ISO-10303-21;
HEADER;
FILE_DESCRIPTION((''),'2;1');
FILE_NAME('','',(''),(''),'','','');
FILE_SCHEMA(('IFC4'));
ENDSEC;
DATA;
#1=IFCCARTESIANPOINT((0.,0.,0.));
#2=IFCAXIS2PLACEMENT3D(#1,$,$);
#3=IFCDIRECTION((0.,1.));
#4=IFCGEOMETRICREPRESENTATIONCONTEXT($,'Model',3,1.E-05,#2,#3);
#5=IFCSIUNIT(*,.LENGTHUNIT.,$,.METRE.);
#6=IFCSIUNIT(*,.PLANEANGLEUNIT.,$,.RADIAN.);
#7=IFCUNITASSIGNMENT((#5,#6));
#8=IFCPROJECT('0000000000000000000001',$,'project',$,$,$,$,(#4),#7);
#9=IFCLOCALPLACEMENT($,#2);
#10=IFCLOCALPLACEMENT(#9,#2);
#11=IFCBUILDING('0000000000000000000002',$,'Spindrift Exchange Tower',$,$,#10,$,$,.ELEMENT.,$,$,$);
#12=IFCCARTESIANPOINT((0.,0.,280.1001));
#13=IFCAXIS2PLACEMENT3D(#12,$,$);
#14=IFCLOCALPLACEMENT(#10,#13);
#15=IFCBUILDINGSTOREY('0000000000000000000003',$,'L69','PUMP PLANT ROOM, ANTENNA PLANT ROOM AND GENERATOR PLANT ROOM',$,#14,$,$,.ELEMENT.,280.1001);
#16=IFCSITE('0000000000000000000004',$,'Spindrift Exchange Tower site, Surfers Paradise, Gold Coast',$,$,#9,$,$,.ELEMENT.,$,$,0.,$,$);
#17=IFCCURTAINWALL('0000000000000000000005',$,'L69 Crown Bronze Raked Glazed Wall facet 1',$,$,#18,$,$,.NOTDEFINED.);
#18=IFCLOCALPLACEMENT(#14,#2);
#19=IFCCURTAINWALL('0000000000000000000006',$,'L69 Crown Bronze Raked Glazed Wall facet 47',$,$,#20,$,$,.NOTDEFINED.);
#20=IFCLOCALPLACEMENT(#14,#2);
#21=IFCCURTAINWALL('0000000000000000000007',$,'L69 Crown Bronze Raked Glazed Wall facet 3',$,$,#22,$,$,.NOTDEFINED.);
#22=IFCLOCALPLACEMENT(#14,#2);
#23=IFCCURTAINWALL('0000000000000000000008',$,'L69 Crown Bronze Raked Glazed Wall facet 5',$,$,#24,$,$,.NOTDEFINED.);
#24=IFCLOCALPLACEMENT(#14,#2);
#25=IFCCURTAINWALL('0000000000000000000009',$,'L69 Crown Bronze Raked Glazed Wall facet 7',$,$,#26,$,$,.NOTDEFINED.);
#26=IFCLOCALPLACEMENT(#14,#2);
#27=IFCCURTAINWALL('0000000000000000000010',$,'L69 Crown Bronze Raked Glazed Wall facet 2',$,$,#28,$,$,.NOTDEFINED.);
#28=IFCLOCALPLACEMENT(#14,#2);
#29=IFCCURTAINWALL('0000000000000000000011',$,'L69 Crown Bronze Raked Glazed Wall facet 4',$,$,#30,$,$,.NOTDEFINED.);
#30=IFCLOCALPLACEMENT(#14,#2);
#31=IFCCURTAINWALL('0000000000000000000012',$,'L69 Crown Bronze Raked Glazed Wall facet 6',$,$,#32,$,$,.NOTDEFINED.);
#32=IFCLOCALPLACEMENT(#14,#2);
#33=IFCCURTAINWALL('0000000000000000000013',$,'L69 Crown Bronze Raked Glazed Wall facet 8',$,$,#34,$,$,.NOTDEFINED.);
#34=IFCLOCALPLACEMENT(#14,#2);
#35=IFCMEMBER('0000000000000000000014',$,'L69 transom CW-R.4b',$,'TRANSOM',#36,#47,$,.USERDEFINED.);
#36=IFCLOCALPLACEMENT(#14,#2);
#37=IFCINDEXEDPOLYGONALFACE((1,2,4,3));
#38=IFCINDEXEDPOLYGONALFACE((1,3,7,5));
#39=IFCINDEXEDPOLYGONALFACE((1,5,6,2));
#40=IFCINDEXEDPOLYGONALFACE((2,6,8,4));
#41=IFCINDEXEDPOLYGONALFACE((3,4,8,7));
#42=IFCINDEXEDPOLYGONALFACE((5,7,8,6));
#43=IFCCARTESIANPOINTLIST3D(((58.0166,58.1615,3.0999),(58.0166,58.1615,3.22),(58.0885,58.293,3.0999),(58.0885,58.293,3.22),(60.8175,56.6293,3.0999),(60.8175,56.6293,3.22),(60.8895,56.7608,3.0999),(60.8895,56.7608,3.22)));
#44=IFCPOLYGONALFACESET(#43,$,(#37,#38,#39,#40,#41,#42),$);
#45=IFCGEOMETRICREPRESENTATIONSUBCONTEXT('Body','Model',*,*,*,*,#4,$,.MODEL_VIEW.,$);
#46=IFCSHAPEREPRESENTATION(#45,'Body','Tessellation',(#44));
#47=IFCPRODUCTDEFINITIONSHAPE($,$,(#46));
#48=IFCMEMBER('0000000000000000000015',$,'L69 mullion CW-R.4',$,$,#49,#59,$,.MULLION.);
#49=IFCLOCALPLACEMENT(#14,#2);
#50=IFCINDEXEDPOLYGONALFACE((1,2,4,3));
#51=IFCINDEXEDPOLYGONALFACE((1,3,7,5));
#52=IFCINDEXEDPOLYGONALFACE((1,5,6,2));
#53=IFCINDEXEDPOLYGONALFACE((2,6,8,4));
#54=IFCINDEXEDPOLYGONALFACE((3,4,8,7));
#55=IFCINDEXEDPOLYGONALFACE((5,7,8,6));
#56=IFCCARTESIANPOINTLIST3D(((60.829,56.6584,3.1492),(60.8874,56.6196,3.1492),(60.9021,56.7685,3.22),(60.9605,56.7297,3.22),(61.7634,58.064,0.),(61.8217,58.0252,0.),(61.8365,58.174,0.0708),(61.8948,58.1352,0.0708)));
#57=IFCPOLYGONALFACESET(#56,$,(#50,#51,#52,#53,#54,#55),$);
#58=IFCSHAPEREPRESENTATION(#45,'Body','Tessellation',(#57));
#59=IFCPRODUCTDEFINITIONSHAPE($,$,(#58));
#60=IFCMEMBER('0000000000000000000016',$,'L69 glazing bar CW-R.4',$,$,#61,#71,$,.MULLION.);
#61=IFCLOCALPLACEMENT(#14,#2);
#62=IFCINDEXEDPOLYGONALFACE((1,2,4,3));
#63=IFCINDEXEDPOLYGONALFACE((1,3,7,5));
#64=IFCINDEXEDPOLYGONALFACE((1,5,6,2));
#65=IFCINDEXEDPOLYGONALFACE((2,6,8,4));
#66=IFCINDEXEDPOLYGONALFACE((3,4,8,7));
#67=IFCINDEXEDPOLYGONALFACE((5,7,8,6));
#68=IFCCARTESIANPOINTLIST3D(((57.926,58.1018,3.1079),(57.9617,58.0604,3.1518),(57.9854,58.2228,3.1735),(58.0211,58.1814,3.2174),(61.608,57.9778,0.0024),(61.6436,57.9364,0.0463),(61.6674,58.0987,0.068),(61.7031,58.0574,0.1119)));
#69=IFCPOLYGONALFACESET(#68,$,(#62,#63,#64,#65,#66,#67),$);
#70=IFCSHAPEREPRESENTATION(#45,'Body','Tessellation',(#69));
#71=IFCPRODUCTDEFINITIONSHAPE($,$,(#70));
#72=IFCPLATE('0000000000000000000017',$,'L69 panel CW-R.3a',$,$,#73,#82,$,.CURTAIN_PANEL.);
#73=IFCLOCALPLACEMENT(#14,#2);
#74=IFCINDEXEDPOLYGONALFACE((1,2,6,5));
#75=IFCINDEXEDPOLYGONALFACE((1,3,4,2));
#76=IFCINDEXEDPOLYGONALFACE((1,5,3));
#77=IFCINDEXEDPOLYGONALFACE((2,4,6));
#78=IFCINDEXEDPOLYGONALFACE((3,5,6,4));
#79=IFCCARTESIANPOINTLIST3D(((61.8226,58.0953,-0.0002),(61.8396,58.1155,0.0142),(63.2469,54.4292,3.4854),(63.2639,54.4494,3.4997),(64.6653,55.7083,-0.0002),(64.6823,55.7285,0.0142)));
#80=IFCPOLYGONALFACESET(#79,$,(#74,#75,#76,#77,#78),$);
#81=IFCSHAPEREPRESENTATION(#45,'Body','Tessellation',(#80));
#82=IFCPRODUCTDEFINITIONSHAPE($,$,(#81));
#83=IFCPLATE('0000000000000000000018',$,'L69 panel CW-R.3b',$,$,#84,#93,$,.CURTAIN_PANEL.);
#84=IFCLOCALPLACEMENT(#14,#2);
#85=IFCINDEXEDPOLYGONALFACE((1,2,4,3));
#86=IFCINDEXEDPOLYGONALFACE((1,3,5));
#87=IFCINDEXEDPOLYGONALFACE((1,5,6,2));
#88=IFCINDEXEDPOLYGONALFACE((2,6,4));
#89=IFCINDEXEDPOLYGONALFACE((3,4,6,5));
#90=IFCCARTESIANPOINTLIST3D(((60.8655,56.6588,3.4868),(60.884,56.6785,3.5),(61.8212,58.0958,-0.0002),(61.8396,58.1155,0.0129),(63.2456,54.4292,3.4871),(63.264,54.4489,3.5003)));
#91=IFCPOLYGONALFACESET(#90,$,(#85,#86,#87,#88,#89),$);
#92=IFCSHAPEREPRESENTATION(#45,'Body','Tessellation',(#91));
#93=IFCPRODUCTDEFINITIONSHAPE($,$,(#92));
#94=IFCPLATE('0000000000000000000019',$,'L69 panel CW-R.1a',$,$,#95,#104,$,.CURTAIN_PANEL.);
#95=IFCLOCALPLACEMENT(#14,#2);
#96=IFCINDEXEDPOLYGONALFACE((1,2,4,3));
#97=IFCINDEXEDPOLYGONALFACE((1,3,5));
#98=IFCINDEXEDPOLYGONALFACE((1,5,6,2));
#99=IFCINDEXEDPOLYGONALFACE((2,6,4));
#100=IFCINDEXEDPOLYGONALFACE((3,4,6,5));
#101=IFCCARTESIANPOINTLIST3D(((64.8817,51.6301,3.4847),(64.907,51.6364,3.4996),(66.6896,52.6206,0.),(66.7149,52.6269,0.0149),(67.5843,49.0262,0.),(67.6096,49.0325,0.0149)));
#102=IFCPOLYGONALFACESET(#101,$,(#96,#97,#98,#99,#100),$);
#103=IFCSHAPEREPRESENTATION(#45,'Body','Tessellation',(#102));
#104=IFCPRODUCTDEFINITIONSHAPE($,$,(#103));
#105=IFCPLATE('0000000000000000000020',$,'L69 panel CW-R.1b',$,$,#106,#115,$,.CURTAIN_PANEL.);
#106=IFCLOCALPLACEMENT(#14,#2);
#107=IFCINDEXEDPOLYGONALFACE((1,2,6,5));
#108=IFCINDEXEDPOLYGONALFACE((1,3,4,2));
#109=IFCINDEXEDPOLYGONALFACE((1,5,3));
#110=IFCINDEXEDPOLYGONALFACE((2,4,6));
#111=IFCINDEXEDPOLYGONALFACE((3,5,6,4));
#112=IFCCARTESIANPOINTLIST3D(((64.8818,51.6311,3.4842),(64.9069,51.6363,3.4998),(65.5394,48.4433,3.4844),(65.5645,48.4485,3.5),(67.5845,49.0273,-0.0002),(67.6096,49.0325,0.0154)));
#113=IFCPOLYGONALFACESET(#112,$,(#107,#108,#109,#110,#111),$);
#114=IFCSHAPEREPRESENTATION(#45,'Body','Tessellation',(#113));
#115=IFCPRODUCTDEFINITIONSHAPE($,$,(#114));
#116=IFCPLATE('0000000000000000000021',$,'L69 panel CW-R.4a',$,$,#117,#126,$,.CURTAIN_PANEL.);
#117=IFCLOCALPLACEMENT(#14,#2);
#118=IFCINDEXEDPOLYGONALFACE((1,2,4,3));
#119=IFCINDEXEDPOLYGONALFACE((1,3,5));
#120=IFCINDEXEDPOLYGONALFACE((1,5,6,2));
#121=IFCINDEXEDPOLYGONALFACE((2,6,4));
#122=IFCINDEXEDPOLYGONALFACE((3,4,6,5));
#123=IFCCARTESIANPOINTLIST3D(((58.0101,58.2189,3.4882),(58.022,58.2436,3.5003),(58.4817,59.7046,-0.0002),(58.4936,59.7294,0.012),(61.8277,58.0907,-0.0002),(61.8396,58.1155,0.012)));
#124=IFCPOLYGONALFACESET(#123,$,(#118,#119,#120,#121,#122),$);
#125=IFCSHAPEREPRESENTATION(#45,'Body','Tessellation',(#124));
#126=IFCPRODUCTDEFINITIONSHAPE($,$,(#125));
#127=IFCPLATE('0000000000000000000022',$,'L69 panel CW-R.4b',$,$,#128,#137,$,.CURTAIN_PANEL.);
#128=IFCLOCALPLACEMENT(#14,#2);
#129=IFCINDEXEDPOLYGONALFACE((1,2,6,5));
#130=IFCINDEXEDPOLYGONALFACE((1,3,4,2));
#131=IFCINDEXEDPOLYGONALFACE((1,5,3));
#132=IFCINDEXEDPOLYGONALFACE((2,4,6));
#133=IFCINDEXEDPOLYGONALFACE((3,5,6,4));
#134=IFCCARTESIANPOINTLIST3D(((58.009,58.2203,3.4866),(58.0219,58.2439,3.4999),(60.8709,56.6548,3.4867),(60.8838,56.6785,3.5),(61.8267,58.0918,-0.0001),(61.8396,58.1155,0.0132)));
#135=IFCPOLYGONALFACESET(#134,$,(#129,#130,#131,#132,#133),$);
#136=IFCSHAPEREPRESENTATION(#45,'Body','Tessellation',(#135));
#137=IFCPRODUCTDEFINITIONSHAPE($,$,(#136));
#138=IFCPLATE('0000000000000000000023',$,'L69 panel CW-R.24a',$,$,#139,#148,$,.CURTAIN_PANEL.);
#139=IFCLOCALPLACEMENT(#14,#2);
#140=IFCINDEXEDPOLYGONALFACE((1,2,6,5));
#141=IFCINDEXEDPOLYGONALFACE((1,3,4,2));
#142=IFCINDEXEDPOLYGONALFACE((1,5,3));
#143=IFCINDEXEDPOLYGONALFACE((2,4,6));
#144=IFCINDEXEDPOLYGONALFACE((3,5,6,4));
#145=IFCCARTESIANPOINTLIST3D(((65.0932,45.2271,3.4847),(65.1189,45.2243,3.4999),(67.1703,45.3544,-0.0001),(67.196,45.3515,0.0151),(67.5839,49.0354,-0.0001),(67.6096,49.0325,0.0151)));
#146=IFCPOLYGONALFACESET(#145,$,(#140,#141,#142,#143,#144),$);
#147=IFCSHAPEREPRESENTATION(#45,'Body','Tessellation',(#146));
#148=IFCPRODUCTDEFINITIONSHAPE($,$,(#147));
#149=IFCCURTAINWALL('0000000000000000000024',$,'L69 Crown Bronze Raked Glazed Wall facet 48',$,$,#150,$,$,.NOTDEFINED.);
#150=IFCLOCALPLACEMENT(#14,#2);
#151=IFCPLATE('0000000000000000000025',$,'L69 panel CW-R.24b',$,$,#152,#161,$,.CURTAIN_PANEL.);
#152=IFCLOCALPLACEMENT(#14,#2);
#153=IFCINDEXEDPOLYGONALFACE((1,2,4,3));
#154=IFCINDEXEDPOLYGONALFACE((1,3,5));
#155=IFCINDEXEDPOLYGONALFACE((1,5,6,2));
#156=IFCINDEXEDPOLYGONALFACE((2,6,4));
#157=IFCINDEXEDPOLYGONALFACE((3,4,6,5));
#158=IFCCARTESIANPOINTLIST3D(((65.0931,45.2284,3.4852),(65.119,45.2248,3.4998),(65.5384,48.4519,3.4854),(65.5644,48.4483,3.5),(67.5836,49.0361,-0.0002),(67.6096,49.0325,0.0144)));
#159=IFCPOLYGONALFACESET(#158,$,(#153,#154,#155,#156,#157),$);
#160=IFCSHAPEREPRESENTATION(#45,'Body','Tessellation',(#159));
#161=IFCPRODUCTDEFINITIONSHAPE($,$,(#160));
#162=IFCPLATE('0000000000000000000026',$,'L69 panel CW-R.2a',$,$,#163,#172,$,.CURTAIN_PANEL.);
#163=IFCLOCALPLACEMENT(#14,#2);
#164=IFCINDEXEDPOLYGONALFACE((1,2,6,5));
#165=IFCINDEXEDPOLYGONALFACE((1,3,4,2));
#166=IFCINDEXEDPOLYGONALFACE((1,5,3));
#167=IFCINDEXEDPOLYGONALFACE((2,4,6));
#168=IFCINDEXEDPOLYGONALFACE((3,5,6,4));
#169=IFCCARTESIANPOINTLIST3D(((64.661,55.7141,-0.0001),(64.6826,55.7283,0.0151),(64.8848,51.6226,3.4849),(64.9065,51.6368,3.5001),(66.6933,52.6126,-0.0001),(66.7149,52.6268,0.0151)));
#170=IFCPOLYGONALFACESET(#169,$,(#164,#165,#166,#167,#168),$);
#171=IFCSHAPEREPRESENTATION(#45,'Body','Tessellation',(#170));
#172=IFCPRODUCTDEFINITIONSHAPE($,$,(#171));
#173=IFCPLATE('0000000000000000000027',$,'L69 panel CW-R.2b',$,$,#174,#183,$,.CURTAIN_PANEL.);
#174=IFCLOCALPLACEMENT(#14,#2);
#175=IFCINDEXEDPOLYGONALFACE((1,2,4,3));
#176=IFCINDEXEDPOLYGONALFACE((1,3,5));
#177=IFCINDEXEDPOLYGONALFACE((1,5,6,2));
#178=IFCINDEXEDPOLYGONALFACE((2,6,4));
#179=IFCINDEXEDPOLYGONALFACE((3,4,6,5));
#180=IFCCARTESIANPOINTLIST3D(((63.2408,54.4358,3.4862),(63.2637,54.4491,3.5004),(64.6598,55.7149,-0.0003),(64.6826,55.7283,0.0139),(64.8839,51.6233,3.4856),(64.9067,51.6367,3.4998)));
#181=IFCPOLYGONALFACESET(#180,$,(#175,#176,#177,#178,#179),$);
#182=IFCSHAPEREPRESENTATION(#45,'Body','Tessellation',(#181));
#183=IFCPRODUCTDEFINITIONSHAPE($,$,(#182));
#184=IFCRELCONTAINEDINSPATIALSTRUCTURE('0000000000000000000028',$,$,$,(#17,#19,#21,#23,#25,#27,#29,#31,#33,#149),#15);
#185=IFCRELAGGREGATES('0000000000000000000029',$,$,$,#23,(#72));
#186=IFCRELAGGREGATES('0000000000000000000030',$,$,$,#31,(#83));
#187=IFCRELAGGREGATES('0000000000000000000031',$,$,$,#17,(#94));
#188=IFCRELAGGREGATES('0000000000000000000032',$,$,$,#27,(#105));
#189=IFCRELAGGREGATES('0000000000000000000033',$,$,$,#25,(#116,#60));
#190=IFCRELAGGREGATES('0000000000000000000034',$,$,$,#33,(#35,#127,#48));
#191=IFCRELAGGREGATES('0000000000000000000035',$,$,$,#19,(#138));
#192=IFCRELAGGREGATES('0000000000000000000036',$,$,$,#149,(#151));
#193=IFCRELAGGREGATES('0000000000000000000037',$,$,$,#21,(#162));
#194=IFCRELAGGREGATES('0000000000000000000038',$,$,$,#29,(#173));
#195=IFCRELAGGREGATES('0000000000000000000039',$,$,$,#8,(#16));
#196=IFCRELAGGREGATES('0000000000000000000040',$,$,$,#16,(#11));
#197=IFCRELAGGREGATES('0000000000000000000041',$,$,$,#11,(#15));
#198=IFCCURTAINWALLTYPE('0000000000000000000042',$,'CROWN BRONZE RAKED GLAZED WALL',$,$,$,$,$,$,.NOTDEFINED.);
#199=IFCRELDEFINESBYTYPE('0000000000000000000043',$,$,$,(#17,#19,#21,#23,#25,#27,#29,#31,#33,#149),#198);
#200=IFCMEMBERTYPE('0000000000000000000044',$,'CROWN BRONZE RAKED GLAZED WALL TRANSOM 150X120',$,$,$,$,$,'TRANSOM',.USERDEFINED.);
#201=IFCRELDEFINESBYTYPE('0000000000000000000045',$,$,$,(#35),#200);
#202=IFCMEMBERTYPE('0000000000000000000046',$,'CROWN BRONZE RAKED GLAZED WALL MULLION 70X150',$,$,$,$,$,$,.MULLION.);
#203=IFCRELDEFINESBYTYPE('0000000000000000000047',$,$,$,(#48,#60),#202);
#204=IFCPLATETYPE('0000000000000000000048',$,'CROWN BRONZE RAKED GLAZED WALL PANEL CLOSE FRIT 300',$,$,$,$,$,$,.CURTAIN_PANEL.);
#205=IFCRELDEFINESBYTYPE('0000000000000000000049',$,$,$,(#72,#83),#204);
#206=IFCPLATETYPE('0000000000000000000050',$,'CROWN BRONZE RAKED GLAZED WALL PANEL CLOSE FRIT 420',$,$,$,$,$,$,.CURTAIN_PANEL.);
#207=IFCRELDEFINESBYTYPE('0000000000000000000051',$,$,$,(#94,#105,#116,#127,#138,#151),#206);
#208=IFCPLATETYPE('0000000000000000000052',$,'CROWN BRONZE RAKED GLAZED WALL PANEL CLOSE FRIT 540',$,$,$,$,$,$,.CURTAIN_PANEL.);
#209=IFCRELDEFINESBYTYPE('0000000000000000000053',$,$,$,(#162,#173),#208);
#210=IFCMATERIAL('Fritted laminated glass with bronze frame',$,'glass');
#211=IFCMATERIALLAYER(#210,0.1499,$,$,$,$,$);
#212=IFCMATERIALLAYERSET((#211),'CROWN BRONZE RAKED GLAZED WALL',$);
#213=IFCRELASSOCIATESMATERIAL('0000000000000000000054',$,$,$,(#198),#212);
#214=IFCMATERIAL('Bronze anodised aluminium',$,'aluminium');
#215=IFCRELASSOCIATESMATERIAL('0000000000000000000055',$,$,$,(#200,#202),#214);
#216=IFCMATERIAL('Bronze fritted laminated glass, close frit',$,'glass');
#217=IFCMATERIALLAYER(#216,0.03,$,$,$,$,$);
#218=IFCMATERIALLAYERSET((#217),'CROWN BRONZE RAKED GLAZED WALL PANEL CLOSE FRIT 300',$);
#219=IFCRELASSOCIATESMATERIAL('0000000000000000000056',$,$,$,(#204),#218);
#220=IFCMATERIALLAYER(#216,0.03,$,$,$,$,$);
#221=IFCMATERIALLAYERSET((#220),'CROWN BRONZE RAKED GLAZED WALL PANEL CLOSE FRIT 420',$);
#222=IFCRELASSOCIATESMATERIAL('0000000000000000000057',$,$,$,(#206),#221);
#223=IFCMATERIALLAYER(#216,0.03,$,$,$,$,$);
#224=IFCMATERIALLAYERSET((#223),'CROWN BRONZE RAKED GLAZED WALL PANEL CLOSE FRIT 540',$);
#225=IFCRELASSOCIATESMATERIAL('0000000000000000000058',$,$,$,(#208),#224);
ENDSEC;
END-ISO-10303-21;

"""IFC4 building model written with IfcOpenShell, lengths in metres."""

from ifc_helpers import new_model, si_unit, direction, frame, origin, origin_2d, place, context, subcontext, project, spatial, line, indexed_curve, rectangle, outline, extrude, source, transform, mapped, material, layer, layer_set, material_profile, profile_set, type_object, element, aggregate, save


model = new_model("IFC4")

# Units and contexts
model_context = context("Model", 3, precision=1e-05, world=origin(), true_north=direction((0.0, 1.0)))
body_context = subcontext(model_context, "Body", "Model", "MODEL_VIEW")
ifc_project = project(units=[si_unit("LENGTHUNIT", "METRE"), si_unit("PLANEANGLEUNIT", "RADIAN")], contexts=[model_context])

# Site, building, storey
site_placement = place(None, origin())
site = spatial("IfcSite", under=ifc_project, at=site_placement, Name="Spindrift Exchange Tower site, Surfers Paradise, Gold Coast", CompositionType="ELEMENT", RefElevation=0.0)
building_placement = place(site_placement, origin())
building = spatial("IfcBuilding", under=site, at=building_placement, Name="Spindrift Exchange Tower", CompositionType="ELEMENT")
storey_placement = place(building_placement, frame((0.0, 0.0, 280.1001)))
storey = spatial("IfcBuildingStorey", under=building, at=storey_placement, Name="L69", Description="PUMP PLANT ROOM, ANTENNA PLANT ROOM AND GENERATOR PLANT ROOM", CompositionType="ELEMENT", Elevation=280.1001)

# Curtain walls
ifc_material_1 = material(Name="Fritted laminated glass with bronze frame", Category="glass")
ifc_layer_1 = layer(ifc_material_1, 0.1499)
ifc_layer_set_1 = layer_set([ifc_layer_1], Name="CROWN BRONZE RAKED GLAZED WALL")
curtain_wall_type = type_object("IfcCurtainWallType", Name="CROWN BRONZE RAKED GLAZED WALL", PredefinedType="NOTDEFINED", material=ifc_layer_set_1)
curtain_wall_1_placement = place(storey_placement, origin())
curtain_wall_1 = element("IfcCurtainWall", 1, at=curtain_wall_1_placement, inside=storey, type_object=curtain_wall_type, Name="L69 Crown Bronze Raked Glazed Wall facet 1", PredefinedType="NOTDEFINED")
ifc_material_2 = material(Name="Bronze anodised aluminium", Category="aluminium")
ifc_material_profile_1 = material_profile(ifc_material_2, rectangle(XDim=0.1499, YDim=0.1201, at=origin_2d()), Name="CROWN BRONZE RAKED GLAZED WALL TRANSOM 150X120")
ifc_profile_set_1 = profile_set([ifc_material_profile_1], Name="Bronze anodised aluminium")
member_type_1 = type_object("IfcMemberType", Name="CROWN BRONZE RAKED GLAZED WALL TRANSOM 150X120", ElementType="TRANSOM", PredefinedType="USERDEFINED", material=ifc_profile_set_1)
curtain_wall_2_placement = place(storey_placement, origin())
curtain_wall_2 = element("IfcCurtainWall", 2, at=curtain_wall_2_placement, inside=storey, type_object=curtain_wall_type, Name="L69 Crown Bronze Raked Glazed Wall facet 47", PredefinedType="NOTDEFINED")
curtain_wall_3_placement = place(storey_placement, origin())
curtain_wall_3 = element("IfcCurtainWall", 3, at=curtain_wall_3_placement, inside=storey, type_object=curtain_wall_type, Name="L69 Crown Bronze Raked Glazed Wall facet 3", PredefinedType="NOTDEFINED")
curtain_wall_4_placement = place(storey_placement, origin())
curtain_wall_4 = element("IfcCurtainWall", 4, at=curtain_wall_4_placement, inside=storey, type_object=curtain_wall_type, Name="L69 Crown Bronze Raked Glazed Wall facet 5", PredefinedType="NOTDEFINED")
curtain_wall_5_placement = place(storey_placement, origin())
curtain_wall_5 = element("IfcCurtainWall", 5, at=curtain_wall_5_placement, inside=storey, type_object=curtain_wall_type, Name="L69 Crown Bronze Raked Glazed Wall facet 7", PredefinedType="NOTDEFINED")
curtain_wall_6_placement = place(storey_placement, origin())
curtain_wall_6 = element("IfcCurtainWall", 6, at=curtain_wall_6_placement, inside=storey, type_object=curtain_wall_type, Name="L69 Crown Bronze Raked Glazed Wall facet 2", PredefinedType="NOTDEFINED")
ifc_material_profile_2 = material_profile(ifc_material_2, rectangle(XDim=0.0701, YDim=0.1499, at=origin_2d()), Name="CROWN BRONZE RAKED GLAZED WALL MULLION 70X150")
ifc_profile_set_2 = profile_set([ifc_material_profile_2], Name="Bronze anodised aluminium")
member_type_2 = type_object("IfcMemberType", Name="CROWN BRONZE RAKED GLAZED WALL MULLION 70X150", PredefinedType="MULLION", material=ifc_profile_set_2)

# Curtain wall
curtain_wall_7_placement = place(storey_placement, origin())
curtain_wall_7 = element("IfcCurtainWall", 7, at=curtain_wall_7_placement, inside=storey, type_object=curtain_wall_type, Name="L69 Crown Bronze Raked Glazed Wall facet 4", PredefinedType="NOTDEFINED")

# Curtain wall
curtain_wall_8_placement = place(storey_placement, origin())
curtain_wall_8 = element("IfcCurtainWall", 8, at=curtain_wall_8_placement, inside=storey, type_object=curtain_wall_type, Name="L69 Crown Bronze Raked Glazed Wall facet 6", PredefinedType="NOTDEFINED")

# Curtain wall, members
curtain_wall_9_placement = place(storey_placement, origin())
curtain_wall_9 = element("IfcCurtainWall", 9, at=curtain_wall_9_placement, inside=storey, type_object=curtain_wall_type, Name="L69 Crown Bronze Raked Glazed Wall facet 8", PredefinedType="NOTDEFINED")
shared_shape_1 = source(origin(), body_context, "Body", "SweptSolid", [
    extrude(rectangle(XDim=0.1499, YDim=0.1201, at=origin_2d()), origin(), (0.0, 0.0, 1.0), 3.1926),
])
member_1_placement = place(storey_placement, frame((60.8535, 56.6951, 3.1599), z_axis=(-0.877316, 0.479913, 0.0), x_axis=(-0.479913, -0.877316, 0.0)))
member_1 = element("IfcMember", 10, at=member_1_placement, type_object=member_type_1, Name="L69 transom CW-R.4b", ObjectType="TRANSOM", PredefinedType="USERDEFINED", context=body_context, shape_type="MappedRepresentation", body=[
    mapped(shared_shape_1, transform((0.0, 0.0, 0.0), scale=1.0)),
])
shared_shape_2 = source(origin(), body_context, "Body", "SweptSolid", [
    extrude(rectangle(XDim=0.0701, YDim=0.1499, at=origin_2d()), origin(), (0.0, 0.0, 1.0), 3.573),
])
member_2_placement = place(storey_placement, frame((61.8291, 58.0996, 0.0354), z_axis=(-0.261503, -0.393381, 0.881401), x_axis=(0.832784, -0.553598, 0.0)))
member_2 = element("IfcMember", 11, at=member_2_placement, type_object=member_type_2, Name="L69 mullion CW-R.4", PredefinedType="MULLION", context=body_context, shape_type="MappedRepresentation", body=[
    mapped(shared_shape_2, transform((0.0, 0.0, 0.0), scale=1.0)),
])

# Member
shared_shape_3 = source(origin(), body_context, "Body", "SweptSolid", [
    extrude(rectangle(XDim=0.0701, YDim=0.1499, at=origin_2d()), origin(), (0.0, 0.0, 1.0), 4.8184),
])
member_3_placement = place(storey_placement, frame((61.6555, 58.0176, 0.0571), z_axis=(-0.764153, 0.02574, 0.644521), x_axis=(0.50887, -0.589972, 0.626884)))
member_3 = element("IfcMember", 12, at=member_3_placement, type_object=member_type_2, Name="L69 glazing bar CW-R.4", PredefinedType="MULLION", context=body_context, shape_type="MappedRepresentation", body=[
    mapped(shared_shape_3, transform((0.0, 0.0, 0.0), scale=1.0)),
])

# Plates
ifc_material_3 = material(Name="Bronze fritted laminated glass, close frit", Category="glass")
ifc_layer_2 = layer(ifc_material_3, 0.03)
ifc_layer_set_2 = layer_set([ifc_layer_2], Name="CROWN BRONZE RAKED GLAZED WALL PANEL CLOSE FRIT 300")
plate_type_1 = type_object("IfcPlateType", Name="CROWN BRONZE RAKED GLAZED WALL PANEL CLOSE FRIT 300", PredefinedType="CURTAIN_PANEL", material=ifc_layer_set_2)
plate_1_placement = place(storey_placement, frame((61.8396, 58.1155, 0.0142), z_axis=(0.565176, 0.67309, 0.476997), x_axis=(0.765828, -0.643046, 0.0)))
plate_1 = element("IfcPlate", 13, at=plate_1_placement, type_object=plate_type_1, Name="L69 panel CW-R.3a", PredefinedType="CURTAIN_PANEL", context=body_context, shape_type="SweptSolid", body=[
    extrude(outline(indexed_curve([(0.0, 0.0), (3.7119, 0.0), (3.4482, -3.9658)], segments=[line(1, 2, 3, 1)], self_intersect=False)), origin(), (0.0, 0.0, -1.0), 0.03),
])
aggregate(curtain_wall_4, [plate_1])
plate_2_placement = place(storey_placement, frame((61.8396, 58.1155, 0.0129), z_axis=(0.614353, 0.655871, 0.438639), x_axis=(0.270968, -0.697485, 0.663393)))
plate_2 = element("IfcPlate", 14, at=plate_2_placement, type_object=plate_type_1, Name="L69 panel CW-R.3b", PredefinedType="CURTAIN_PANEL", context=body_context, shape_type="SweptSolid", body=[
    extrude(outline(indexed_curve([(0.0, 0.0), (5.2568, 0.0), (3.0566, -2.4072)], segments=[line(1, 2, 3, 1)], self_intersect=False)), origin(), (0.0, 0.0, -1.0), 0.03),
])
aggregate(curtain_wall_8, [plate_2])
ifc_layer_3 = layer(ifc_material_3, 0.03)
ifc_layer_set_3 = layer_set([ifc_layer_3], Name="CROWN BRONZE RAKED GLAZED WALL PANEL CLOSE FRIT 420")
plate_type_2 = type_object("IfcPlateType", Name="CROWN BRONZE RAKED GLAZED WALL PANEL CLOSE FRIT 420", PredefinedType="CURTAIN_PANEL", material=ifc_layer_set_3)
plate_3_placement = place(storey_placement, frame((67.6096, 49.0325, 0.0149), z_axis=(0.842289, 0.209671, 0.496576), x_axis=(-0.241558, 0.970386, 0.0)))
plate_3 = element("IfcPlate", 15, at=plate_3_placement, type_object=plate_type_2, Name="L69 panel CW-R.1a", PredefinedType="CURTAIN_PANEL", context=body_context, shape_type="SweptSolid", body=[
    extrude(outline(indexed_curve([(0.0, 0.0), (3.7041, 0.0), (3.1797, 4.0146)], segments=[line(1, 2, 3, 1)], self_intersect=False)), origin(), (0.0, 0.0, -1.0), 0.03),
])
aggregate(curtain_wall_1, [plate_3])
plate_4_placement = place(storey_placement, frame((67.6096, 49.0325, 0.0154), z_axis=(0.836592, 0.172611, 0.519922), x_axis=(-0.52776, 0.508453, 0.680401)))
plate_4 = element("IfcPlate", 16, at=plate_4_placement, type_object=plate_type_2, Name="L69 panel CW-R.1b", PredefinedType="CURTAIN_PANEL", context=body_context, shape_type="SweptSolid", body=[
    extrude(outline(indexed_curve([(0.0, 0.0), (5.1211, 0.0), (3.1533, 2.5928)], segments=[line(1, 2, 3, 1)], self_intersect=False)), origin(), (0.0, 0.0, -1.0), 0.03),
])
aggregate(curtain_wall_6, [plate_4])
plate_5_placement = place(storey_placement, frame((61.8396, 58.1155, 0.012), z_axis=(0.397307, 0.823702, 0.404551), x_axis=(-0.900698, 0.434446, 0.0)))
plate_5 = element("IfcPlate", 17, at=plate_5_placement, type_object=plate_type_2, Name="L69 panel CW-R.4a", PredefinedType="CURTAIN_PANEL", context=body_context, shape_type="SweptSolid", body=[
    extrude(outline(indexed_curve([(0.0, 0.0), (3.7148, 0.0), (3.4941, 3.8145)], segments=[line(1, 2, 3, 1)], self_intersect=False)), origin(), (0.0, 0.0, -1.0), 0.03),
])
aggregate(curtain_wall_5, [plate_5, member_3])
plate_6_placement = place(storey_placement, frame((61.8396, 58.1155, 0.0132), z_axis=(0.430382, 0.786876, 0.442265), x_axis=(-0.738168, 0.024829, 0.67416)))
plate_6 = element("IfcPlate", 18, at=plate_6_placement, type_object=plate_type_2, Name="L69 panel CW-R.4b", PredefinedType="CURTAIN_PANEL", context=body_context, shape_type="SweptSolid", body=[
    extrude(outline(indexed_curve([(0.0, 0.0), (5.1719, 0.0), (3.0205, 2.4521)], segments=[line(1, 2, 3, 1)], self_intersect=False)), origin(), (0.0, 0.0, -1.0), 0.03),
])
aggregate(curtain_wall_9, [member_1, plate_6, member_2])
plate_7_placement = place(storey_placement, frame((67.6096, 49.0325, 0.0151), z_axis=(0.856538, -0.096238, 0.507032), x_axis=(-0.111654, -0.993747, 0.0)))
plate_7 = element("IfcPlate", 19, at=plate_7_placement, type_object=plate_type_2, Name="L69 panel CW-R.24a", PredefinedType="CURTAIN_PANEL", context=body_context, shape_type="SweptSolid", body=[
    extrude(outline(indexed_curve([(0.0, 0.0), (3.7041, 0.0), (4.0625, -4.043)], segments=[line(1, 2, 3, 1)], self_intersect=False)), origin(), (0.0, 0.0, -1.0), 0.03),
])
aggregate(curtain_wall_2, [plate_7])

# Curtain wall, plate
curtain_wall_10_placement = place(storey_placement, origin())
curtain_wall_10 = element("IfcCurtainWall", 20, at=curtain_wall_10_placement, inside=storey, type_object=curtain_wall_type, Name="L69 Crown Bronze Raked Glazed Wall facet 48", PredefinedType="NOTDEFINED")
plate_8_placement = place(storey_placement, frame((67.6096, 49.0325, 0.0144), z_axis=(0.864919, -0.119527, 0.487472), x_axis=(-0.434549, -0.664346, 0.608121)))
plate_8 = element("IfcPlate", 21, at=plate_8_placement, type_object=plate_type_2, Name="L69 panel CW-R.24b", PredefinedType="CURTAIN_PANEL", context=body_context, shape_type="SweptSolid", body=[
    extrude(outline(indexed_curve([(0.0, 0.0), (5.7314, 0.0), (3.3965, -2.2666)], segments=[line(1, 2, 3, 1)], self_intersect=False)), origin(), (0.0, 0.0, -1.0), 0.03),
])
aggregate(curtain_wall_10, [plate_8])

# Plates
ifc_layer_4 = layer(ifc_material_3, 0.03)
ifc_layer_set_4 = layer_set([ifc_layer_4], Name="CROWN BRONZE RAKED GLAZED WALL PANEL CLOSE FRIT 540")
plate_type_3 = type_object("IfcPlateType", Name="CROWN BRONZE RAKED GLAZED WALL PANEL CLOSE FRIT 540", PredefinedType="CURTAIN_PANEL", material=ifc_layer_set_4)
plate_9_placement = place(storey_placement, frame((64.6826, 55.7283, 0.0151), z_axis=(0.720461, 0.472103, 0.507991), x_axis=(0.548088, -0.836421, 0.0)))
plate_9 = element("IfcPlate", 22, at=plate_9_placement, type_object=plate_type_3, Name="L69 panel CW-R.2a", PredefinedType="CURTAIN_PANEL", context=body_context, shape_type="SweptSolid", body=[
    extrude(outline(indexed_curve([(0.0, 0.0), (3.708, 0.0), (3.5449, -4.0459)], segments=[line(1, 2, 3, 1)], self_intersect=False)), origin(), (0.0, 0.0, -1.0), 0.03),
])
aggregate(curtain_wall_3, [plate_9])
plate_10_placement = place(storey_placement, frame((64.6826, 55.7283, 0.0139), z_axis=(0.760926, 0.44443, 0.47273), x_axis=(0.041657, -0.760538, 0.647955)))
plate_10 = element("IfcPlate", 23, at=plate_10_placement, type_object=plate_type_3, Name="L69 panel CW-R.2b", PredefinedType="CURTAIN_PANEL", context=body_context, shape_type="SweptSolid", body=[
    extrude(outline(indexed_curve([(0.0, 0.0), (5.3799, 0.0), (3.1729, -2.3955)], segments=[line(1, 2, 3, 1)], self_intersect=False)), origin(), (0.0, 0.0, -1.0), 0.03),
])
aggregate(curtain_wall_7, [plate_10])

save(model, "model.ifc")
